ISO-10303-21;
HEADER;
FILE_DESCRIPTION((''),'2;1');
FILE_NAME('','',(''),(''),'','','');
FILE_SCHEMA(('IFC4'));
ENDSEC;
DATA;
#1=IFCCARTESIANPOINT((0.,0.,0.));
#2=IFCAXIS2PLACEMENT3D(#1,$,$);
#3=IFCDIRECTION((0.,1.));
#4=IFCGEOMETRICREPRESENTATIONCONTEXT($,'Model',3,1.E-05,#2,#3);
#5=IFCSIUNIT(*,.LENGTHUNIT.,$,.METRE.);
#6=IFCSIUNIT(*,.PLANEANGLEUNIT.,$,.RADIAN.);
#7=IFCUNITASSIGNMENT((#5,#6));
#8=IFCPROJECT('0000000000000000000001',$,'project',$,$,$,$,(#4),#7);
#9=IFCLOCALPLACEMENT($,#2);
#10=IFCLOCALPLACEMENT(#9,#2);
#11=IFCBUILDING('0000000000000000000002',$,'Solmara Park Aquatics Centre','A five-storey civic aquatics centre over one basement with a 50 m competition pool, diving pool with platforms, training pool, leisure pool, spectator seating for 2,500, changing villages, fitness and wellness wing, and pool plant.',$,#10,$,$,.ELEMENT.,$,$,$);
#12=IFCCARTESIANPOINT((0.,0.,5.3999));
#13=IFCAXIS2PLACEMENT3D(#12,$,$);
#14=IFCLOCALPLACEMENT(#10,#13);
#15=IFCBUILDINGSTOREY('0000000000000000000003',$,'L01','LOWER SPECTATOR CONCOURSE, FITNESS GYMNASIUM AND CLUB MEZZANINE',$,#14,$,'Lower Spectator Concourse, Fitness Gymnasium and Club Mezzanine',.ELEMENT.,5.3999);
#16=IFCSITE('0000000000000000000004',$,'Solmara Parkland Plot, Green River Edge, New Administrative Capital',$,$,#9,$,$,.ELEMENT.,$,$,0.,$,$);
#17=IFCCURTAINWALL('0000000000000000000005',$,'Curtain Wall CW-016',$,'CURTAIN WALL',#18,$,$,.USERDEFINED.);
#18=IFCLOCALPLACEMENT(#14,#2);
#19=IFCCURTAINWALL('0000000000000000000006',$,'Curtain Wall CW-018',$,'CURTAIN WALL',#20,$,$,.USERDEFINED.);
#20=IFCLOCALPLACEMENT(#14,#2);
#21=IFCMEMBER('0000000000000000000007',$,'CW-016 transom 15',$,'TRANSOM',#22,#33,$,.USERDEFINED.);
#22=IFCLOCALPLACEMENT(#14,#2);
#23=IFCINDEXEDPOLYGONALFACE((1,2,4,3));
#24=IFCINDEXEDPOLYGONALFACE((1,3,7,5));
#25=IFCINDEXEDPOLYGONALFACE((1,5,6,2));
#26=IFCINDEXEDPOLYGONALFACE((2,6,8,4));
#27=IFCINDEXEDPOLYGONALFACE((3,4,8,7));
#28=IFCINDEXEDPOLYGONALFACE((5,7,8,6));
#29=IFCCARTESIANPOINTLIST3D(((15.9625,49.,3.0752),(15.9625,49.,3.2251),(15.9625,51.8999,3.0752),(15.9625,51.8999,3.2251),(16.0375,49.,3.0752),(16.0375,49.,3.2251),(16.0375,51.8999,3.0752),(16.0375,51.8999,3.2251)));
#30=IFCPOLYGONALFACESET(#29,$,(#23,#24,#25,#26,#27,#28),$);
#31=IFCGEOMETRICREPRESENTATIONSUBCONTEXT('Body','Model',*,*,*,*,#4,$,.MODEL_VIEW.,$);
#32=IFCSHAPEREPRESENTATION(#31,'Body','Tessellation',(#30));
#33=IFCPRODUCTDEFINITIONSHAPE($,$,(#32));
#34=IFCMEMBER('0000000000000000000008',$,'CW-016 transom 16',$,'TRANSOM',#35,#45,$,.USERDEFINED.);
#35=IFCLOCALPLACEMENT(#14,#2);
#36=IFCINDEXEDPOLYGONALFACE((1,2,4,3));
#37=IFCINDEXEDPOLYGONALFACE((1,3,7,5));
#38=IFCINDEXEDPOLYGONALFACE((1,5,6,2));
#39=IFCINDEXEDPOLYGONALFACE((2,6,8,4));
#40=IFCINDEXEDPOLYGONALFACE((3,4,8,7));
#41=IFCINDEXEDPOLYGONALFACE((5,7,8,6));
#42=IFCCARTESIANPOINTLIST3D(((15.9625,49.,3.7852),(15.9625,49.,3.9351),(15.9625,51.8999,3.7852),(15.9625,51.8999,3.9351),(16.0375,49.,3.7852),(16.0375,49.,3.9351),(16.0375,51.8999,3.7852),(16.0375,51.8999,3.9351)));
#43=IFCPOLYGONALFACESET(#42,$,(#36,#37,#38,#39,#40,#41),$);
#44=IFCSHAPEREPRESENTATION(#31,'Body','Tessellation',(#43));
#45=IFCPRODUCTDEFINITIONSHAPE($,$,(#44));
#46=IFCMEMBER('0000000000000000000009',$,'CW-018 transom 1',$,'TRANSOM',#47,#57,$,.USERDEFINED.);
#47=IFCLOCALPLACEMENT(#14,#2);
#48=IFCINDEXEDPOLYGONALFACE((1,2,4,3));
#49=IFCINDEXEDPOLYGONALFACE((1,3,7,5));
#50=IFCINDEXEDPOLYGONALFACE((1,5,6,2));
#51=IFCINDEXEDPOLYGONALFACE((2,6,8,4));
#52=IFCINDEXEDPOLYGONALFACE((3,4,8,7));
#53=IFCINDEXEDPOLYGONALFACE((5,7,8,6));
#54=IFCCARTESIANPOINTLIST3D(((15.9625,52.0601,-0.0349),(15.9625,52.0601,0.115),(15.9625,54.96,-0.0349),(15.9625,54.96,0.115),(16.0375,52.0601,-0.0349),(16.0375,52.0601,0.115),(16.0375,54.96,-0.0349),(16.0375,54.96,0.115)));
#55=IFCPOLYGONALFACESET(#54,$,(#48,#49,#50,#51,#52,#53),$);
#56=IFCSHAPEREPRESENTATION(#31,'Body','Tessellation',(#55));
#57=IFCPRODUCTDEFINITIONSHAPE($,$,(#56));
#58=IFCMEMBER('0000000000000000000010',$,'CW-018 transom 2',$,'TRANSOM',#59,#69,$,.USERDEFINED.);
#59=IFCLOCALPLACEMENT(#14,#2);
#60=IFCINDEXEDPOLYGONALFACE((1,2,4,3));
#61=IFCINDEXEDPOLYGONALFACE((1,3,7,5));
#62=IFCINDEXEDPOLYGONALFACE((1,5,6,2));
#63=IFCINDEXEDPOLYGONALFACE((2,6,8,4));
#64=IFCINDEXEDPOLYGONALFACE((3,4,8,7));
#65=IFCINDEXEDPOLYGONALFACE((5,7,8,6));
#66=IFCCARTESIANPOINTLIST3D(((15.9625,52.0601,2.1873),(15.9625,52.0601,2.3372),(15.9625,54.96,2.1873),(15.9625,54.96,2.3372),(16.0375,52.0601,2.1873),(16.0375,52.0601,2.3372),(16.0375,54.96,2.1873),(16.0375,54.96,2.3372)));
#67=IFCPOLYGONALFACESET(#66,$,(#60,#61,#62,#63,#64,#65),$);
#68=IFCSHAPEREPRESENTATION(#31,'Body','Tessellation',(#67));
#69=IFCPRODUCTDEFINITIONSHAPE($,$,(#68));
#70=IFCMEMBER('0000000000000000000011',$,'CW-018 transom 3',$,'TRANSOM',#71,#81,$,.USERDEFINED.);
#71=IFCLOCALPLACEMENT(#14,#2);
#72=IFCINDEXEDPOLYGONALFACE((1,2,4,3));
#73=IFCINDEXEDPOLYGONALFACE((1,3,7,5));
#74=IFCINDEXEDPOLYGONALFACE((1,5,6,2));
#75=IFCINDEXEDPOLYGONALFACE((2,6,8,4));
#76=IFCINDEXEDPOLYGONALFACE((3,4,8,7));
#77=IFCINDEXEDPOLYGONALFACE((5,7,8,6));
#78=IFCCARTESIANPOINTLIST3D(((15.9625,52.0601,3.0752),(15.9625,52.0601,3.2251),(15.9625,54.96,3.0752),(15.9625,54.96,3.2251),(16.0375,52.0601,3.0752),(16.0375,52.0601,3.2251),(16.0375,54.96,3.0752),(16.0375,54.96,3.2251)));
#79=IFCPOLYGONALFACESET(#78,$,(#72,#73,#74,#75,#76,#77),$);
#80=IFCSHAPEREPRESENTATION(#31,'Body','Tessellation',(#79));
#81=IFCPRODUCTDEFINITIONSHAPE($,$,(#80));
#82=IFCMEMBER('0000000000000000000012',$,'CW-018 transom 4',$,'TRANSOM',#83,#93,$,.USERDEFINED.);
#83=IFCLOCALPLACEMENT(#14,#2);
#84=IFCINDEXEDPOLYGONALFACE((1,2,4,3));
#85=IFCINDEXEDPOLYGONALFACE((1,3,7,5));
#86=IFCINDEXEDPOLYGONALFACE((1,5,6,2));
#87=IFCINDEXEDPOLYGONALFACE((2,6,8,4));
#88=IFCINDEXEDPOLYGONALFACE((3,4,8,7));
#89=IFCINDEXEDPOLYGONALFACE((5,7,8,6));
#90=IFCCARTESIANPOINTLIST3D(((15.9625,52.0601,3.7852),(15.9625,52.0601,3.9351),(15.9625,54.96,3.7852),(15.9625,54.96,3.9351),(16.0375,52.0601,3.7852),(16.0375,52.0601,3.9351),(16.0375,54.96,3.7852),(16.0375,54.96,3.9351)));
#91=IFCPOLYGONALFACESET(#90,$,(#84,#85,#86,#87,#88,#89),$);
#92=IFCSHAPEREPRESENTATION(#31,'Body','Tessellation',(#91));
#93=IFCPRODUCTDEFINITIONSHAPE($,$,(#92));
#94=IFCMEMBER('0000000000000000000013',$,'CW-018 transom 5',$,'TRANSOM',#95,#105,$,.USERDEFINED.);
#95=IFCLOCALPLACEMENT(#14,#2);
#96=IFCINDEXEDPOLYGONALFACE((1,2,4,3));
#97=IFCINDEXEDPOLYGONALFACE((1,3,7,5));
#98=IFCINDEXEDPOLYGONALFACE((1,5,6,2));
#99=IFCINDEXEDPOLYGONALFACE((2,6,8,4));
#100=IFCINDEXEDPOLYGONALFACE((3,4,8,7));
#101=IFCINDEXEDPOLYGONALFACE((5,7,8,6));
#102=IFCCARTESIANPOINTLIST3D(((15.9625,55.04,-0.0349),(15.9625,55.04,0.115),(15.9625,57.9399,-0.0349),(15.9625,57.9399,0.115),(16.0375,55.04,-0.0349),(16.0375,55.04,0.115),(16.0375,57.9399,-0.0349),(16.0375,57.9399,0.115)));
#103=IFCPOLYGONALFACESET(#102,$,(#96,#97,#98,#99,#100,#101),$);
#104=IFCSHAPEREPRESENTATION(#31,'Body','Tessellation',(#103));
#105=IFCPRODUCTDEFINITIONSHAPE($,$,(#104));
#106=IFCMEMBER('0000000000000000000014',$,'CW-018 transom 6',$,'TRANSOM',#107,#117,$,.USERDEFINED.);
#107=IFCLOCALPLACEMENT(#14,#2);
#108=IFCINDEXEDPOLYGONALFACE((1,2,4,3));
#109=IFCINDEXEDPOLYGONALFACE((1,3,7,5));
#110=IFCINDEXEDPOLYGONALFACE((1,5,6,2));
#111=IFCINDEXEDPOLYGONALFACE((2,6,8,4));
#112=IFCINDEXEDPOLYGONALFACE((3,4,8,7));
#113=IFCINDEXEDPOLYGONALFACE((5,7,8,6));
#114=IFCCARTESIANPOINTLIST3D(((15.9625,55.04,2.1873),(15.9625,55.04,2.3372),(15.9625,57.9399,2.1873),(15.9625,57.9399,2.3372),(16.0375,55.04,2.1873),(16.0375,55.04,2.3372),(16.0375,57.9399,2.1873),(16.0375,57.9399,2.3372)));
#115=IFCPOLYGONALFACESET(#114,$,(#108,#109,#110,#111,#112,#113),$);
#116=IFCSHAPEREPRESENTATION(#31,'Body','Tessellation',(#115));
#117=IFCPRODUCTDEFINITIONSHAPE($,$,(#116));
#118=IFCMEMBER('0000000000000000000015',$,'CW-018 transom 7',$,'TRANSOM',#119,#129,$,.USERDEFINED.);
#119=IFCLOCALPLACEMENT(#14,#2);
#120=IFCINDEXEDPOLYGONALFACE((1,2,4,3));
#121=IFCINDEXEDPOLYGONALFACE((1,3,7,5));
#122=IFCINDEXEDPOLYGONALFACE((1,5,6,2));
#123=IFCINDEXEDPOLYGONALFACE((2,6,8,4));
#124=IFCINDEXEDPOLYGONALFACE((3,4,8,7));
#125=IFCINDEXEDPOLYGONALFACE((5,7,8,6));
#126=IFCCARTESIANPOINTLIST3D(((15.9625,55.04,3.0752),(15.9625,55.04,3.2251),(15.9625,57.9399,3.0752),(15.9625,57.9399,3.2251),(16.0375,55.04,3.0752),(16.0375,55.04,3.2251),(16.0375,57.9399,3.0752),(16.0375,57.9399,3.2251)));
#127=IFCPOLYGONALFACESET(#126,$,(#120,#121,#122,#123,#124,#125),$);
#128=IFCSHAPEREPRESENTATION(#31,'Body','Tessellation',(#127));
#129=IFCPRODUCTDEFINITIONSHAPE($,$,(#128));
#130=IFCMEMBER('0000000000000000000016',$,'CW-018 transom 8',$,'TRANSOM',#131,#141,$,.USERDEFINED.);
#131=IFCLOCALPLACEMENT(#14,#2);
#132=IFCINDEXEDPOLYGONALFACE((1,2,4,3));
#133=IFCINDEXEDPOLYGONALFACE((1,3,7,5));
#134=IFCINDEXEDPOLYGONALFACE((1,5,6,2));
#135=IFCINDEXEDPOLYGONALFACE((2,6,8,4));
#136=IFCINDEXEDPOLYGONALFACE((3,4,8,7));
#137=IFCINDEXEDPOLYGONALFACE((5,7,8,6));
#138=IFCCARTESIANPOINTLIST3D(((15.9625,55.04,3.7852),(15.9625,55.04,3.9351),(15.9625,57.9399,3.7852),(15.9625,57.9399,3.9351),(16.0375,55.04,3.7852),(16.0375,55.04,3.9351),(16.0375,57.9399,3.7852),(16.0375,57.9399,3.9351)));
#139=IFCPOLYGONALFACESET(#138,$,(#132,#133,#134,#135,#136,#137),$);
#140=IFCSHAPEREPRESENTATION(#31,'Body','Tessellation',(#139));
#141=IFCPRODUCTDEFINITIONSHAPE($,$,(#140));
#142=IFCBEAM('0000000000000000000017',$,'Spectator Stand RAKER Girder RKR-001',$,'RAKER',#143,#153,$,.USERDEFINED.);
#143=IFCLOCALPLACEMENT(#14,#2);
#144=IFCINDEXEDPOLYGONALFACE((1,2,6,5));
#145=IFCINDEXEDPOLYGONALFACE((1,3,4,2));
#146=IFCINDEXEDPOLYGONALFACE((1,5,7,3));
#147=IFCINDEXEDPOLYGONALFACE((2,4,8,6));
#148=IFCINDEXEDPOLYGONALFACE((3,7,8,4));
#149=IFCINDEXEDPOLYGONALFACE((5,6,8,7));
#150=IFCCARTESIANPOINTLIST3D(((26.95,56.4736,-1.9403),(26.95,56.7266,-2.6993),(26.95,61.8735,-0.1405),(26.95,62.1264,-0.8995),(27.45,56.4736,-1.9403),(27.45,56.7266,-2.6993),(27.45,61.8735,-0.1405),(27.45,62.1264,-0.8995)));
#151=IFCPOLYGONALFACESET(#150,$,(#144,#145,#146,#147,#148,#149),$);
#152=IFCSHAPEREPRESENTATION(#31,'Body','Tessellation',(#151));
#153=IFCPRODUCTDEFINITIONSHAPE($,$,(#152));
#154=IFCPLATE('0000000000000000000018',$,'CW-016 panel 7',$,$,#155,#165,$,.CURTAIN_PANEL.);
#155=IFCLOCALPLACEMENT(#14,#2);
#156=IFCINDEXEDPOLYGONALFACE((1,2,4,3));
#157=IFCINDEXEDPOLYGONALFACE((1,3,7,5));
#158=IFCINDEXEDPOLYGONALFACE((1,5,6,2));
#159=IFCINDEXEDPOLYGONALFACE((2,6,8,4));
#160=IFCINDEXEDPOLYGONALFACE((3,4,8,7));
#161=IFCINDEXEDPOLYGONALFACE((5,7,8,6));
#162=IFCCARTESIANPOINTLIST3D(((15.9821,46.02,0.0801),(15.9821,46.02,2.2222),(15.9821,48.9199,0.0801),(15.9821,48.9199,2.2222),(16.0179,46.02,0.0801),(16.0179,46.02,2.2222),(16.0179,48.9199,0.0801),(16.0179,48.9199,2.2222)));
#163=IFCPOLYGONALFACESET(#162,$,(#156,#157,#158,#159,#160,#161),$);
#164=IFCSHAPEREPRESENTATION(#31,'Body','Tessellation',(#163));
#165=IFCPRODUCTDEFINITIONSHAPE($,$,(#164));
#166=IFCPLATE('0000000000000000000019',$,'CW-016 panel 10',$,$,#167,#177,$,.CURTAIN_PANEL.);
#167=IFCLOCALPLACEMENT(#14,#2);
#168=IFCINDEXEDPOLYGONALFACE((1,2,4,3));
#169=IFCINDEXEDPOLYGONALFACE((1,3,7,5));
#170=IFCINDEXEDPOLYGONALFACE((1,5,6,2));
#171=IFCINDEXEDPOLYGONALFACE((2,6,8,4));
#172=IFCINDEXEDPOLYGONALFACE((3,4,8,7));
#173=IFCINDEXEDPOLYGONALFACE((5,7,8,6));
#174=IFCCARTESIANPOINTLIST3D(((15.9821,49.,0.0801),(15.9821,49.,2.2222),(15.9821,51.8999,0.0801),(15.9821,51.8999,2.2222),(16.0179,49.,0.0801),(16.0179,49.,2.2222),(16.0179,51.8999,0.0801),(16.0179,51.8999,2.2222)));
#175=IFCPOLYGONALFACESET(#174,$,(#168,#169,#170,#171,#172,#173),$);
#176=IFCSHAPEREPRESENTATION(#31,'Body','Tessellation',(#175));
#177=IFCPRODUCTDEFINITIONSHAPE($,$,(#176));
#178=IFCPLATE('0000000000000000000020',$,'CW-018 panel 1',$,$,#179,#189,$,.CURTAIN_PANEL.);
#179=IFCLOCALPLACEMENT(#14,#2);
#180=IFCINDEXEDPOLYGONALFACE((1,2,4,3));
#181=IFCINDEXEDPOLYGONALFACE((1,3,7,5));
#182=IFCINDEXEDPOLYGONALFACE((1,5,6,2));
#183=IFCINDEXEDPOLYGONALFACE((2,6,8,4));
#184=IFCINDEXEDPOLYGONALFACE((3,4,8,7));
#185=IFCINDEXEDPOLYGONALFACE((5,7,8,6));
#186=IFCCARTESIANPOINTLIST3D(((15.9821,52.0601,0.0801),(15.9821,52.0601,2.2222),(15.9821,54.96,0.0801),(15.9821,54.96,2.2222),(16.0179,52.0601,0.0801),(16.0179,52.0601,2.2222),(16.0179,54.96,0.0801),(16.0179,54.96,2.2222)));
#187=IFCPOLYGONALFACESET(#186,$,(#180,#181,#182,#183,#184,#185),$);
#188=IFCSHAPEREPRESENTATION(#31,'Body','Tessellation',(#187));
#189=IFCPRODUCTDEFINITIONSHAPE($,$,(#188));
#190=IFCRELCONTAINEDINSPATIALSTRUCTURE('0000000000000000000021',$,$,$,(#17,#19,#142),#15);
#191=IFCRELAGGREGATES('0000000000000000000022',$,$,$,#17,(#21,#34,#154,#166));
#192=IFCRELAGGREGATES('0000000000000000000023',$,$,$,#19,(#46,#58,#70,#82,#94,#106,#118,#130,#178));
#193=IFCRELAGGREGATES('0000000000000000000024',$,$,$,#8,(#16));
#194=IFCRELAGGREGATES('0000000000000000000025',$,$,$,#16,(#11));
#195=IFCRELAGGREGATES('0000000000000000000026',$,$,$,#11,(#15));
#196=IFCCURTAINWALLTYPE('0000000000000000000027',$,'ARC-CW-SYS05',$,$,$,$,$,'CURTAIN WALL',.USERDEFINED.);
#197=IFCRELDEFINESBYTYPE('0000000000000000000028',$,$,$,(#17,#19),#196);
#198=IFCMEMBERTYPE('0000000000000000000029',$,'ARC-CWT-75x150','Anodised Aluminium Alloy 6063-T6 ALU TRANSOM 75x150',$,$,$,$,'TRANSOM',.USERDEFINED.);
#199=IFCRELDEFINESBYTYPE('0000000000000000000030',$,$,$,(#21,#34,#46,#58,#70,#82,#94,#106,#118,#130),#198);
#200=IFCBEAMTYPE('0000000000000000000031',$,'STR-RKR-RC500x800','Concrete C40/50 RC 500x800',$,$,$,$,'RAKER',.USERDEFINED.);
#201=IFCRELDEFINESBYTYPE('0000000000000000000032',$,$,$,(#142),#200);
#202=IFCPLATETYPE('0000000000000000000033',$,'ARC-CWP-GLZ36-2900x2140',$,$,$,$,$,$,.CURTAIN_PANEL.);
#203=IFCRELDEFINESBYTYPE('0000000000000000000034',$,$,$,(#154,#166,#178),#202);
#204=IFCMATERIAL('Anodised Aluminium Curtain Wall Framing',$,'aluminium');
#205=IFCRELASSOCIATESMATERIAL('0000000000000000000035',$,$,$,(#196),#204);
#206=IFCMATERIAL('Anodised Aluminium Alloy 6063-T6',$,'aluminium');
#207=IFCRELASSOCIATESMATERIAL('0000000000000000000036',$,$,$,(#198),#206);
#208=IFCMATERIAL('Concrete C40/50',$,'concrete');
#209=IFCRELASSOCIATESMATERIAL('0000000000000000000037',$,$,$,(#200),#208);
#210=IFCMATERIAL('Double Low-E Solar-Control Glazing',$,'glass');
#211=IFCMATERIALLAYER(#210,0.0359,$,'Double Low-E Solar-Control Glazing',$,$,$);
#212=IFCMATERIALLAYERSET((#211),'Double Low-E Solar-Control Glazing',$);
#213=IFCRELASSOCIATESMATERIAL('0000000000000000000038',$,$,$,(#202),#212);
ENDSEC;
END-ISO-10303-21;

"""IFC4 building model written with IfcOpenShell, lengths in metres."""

from ifc_helpers import new_model, si_unit, direction, frame, origin, origin_2d, place, context, subcontext, project, spatial, rectangle, extrude, material, layer, layer_set, material_profile, profile_set, type_object, element, aggregate, save


model = new_model("IFC4")

# Units and contexts
model_context = context("Model", 3, precision=1e-05, world=origin(), true_north=direction((0.0, 1.0)))
body_context = subcontext(model_context, "Body", "Model", "MODEL_VIEW")
ifc_project = project(units=[si_unit("LENGTHUNIT", "METRE"), si_unit("PLANEANGLEUNIT", "RADIAN")], contexts=[model_context])

# Site, building, storey
site_placement = place(None, origin())
site = spatial("IfcSite", under=ifc_project, at=site_placement, Name="Solmara Parkland Plot, Green River Edge, New Administrative Capital", CompositionType="ELEMENT", RefElevation=0.0)
building_placement = place(site_placement, origin())
building = spatial("IfcBuilding", under=site, at=building_placement, Name="Solmara Park Aquatics Centre", Description="A five-storey civic aquatics centre over one basement with a 50 m competition pool, diving pool with platforms, training pool, leisure pool, spectator seating for 2,500, changing villages, fitness and wellness wing, and pool plant.", CompositionType="ELEMENT")
storey_placement = place(building_placement, frame((0.0, 0.0, 5.3999)))
storey = spatial("IfcBuildingStorey", under=building, at=storey_placement, Name="L01", Description="LOWER SPECTATOR CONCOURSE, FITNESS GYMNASIUM AND CLUB MEZZANINE", LongName="Lower Spectator Concourse, Fitness Gymnasium and Club Mezzanine", CompositionType="ELEMENT", Elevation=5.3999)

# Curtain walls
ifc_material_1 = material(Name="Anodised Aluminium Curtain Wall Framing", Category="aluminium")
curtain_wall_type = type_object("IfcCurtainWallType", Name="ARC-CW-SYS05", ElementType="CURTAIN WALL", PredefinedType="USERDEFINED", material=ifc_material_1)
curtain_wall_1_placement = place(storey_placement, origin())
curtain_wall_1 = element("IfcCurtainWall", 1, at=curtain_wall_1_placement, inside=storey, type_object=curtain_wall_type, Name="Curtain Wall CW-016", ObjectType="CURTAIN WALL", PredefinedType="USERDEFINED")
ifc_material_2 = material(Name="Anodised Aluminium Alloy 6063-T6", Category="aluminium")
curtain_wall_2_placement = place(storey_placement, origin())
curtain_wall_2 = element("IfcCurtainWall", 2, at=curtain_wall_2_placement, inside=storey, type_object=curtain_wall_type, Name="Curtain Wall CW-018", ObjectType="CURTAIN WALL", PredefinedType="USERDEFINED")

# Members
ifc_material_profile_1 = material_profile(ifc_material_2, rectangle(XDim=0.075, YDim=0.1499, at=origin_2d()), Name="ALU TRANSOM 75x150")
ifc_profile_set_1 = profile_set([ifc_material_profile_1], Name="Anodised Aluminium Alloy 6063-T6")
member_type_1 = type_object("IfcMemberType", Name="ARC-CWT-75x150", Description="Anodised Aluminium Alloy 6063-T6 ALU TRANSOM 75x150", ElementType="TRANSOM", PredefinedType="USERDEFINED", material=ifc_profile_set_1)
member_1_placement = place(storey_placement, frame((16.0, 49.0, 3.1501), z_axis=(0.0, 1.0, 0.0), x_axis=(-1.0, 0.0, 0.0)))
member_1 = element("IfcMember", 3, at=member_1_placement, type_object=member_type_1, Name="CW-016 transom 15", ObjectType="TRANSOM", PredefinedType="USERDEFINED", context=body_context, shape_type="SweptSolid", body=[
    extrude(rectangle(XDim=0.075, YDim=0.1499, at=origin_2d()), origin(), (0.0, 0.0, 1.0), 2.8999),
])
member_2_placement = place(storey_placement, frame((16.0, 49.0, 3.8601), z_axis=(0.0, 1.0, 0.0), x_axis=(-1.0, 0.0, 0.0)))
member_2 = element("IfcMember", 4, at=member_2_placement, type_object=member_type_1, Name="CW-016 transom 16", ObjectType="TRANSOM", PredefinedType="USERDEFINED", context=body_context, shape_type="SweptSolid", body=[
    extrude(rectangle(XDim=0.075, YDim=0.1499, at=origin_2d()), origin(), (0.0, 0.0, 1.0), 2.8999),
])
member_3_placement = place(storey_placement, frame((16.0, 52.0601, 0.04), z_axis=(0.0, 1.0, 0.0), x_axis=(-1.0, 0.0, 0.0)))
member_3 = element("IfcMember", 5, at=member_3_placement, type_object=member_type_1, Name="CW-018 transom 1", ObjectType="TRANSOM", PredefinedType="USERDEFINED", context=body_context, shape_type="SweptSolid", body=[
    extrude(rectangle(XDim=0.075, YDim=0.1499, at=origin_2d()), origin(), (0.0, 0.0, 1.0), 2.8999),
])
member_4_placement = place(storey_placement, frame((16.0, 52.0601, 2.2622), z_axis=(0.0, 1.0, 0.0), x_axis=(-1.0, 0.0, 0.0)))
member_4 = element("IfcMember", 6, at=member_4_placement, type_object=member_type_1, Name="CW-018 transom 2", ObjectType="TRANSOM", PredefinedType="USERDEFINED", context=body_context, shape_type="SweptSolid", body=[
    extrude(rectangle(XDim=0.075, YDim=0.1499, at=origin_2d()), origin(), (0.0, 0.0, 1.0), 2.8999),
])
member_5_placement = place(storey_placement, frame((16.0, 52.0601, 3.1501), z_axis=(0.0, 1.0, 0.0), x_axis=(-1.0, 0.0, 0.0)))
member_5 = element("IfcMember", 7, at=member_5_placement, type_object=member_type_1, Name="CW-018 transom 3", ObjectType="TRANSOM", PredefinedType="USERDEFINED", context=body_context, shape_type="SweptSolid", body=[
    extrude(rectangle(XDim=0.075, YDim=0.1499, at=origin_2d()), origin(), (0.0, 0.0, 1.0), 2.8999),
])
member_6_placement = place(storey_placement, frame((16.0, 52.0601, 3.8601), z_axis=(0.0, 1.0, 0.0), x_axis=(-1.0, 0.0, 0.0)))
member_6 = element("IfcMember", 8, at=member_6_placement, type_object=member_type_1, Name="CW-018 transom 4", ObjectType="TRANSOM", PredefinedType="USERDEFINED", context=body_context, shape_type="SweptSolid", body=[
    extrude(rectangle(XDim=0.075, YDim=0.1499, at=origin_2d()), origin(), (0.0, 0.0, 1.0), 2.8999),
])
member_7_placement = place(storey_placement, frame((16.0, 55.04, 0.04), z_axis=(0.0, 1.0, 0.0), x_axis=(-1.0, 0.0, 0.0)))
member_7 = element("IfcMember", 9, at=member_7_placement, type_object=member_type_1, Name="CW-018 transom 5", ObjectType="TRANSOM", PredefinedType="USERDEFINED", context=body_context, shape_type="SweptSolid", body=[
    extrude(rectangle(XDim=0.075, YDim=0.1499, at=origin_2d()), origin(), (0.0, 0.0, 1.0), 2.8999),
])
member_8_placement = place(storey_placement, frame((16.0, 55.04, 2.2622), z_axis=(0.0, 1.0, 0.0), x_axis=(-1.0, 0.0, 0.0)))
member_8 = element("IfcMember", 10, at=member_8_placement, type_object=member_type_1, Name="CW-018 transom 6", ObjectType="TRANSOM", PredefinedType="USERDEFINED", context=body_context, shape_type="SweptSolid", body=[
    extrude(rectangle(XDim=0.075, YDim=0.1499, at=origin_2d()), origin(), (0.0, 0.0, 1.0), 2.8999),
])
member_9_placement = place(storey_placement, frame((16.0, 55.04, 3.1501), z_axis=(0.0, 1.0, 0.0), x_axis=(-1.0, 0.0, 0.0)))
member_9 = element("IfcMember", 11, at=member_9_placement, type_object=member_type_1, Name="CW-018 transom 7", ObjectType="TRANSOM", PredefinedType="USERDEFINED", context=body_context, shape_type="SweptSolid", body=[
    extrude(rectangle(XDim=0.075, YDim=0.1499, at=origin_2d()), origin(), (0.0, 0.0, 1.0), 2.8999),
])
member_10_placement = place(storey_placement, frame((16.0, 55.04, 3.8601), z_axis=(0.0, 1.0, 0.0), x_axis=(-1.0, 0.0, 0.0)))
member_10 = element("IfcMember", 12, at=member_10_placement, type_object=member_type_1, Name="CW-018 transom 8", ObjectType="TRANSOM", PredefinedType="USERDEFINED", context=body_context, shape_type="SweptSolid", body=[
    extrude(rectangle(XDim=0.075, YDim=0.1499, at=origin_2d()), origin(), (0.0, 0.0, 1.0), 2.8999),
])

# Beam
ifc_material_3 = material(Name="Concrete C40/50", Category="concrete")
ifc_material_profile_2 = material_profile(ifc_material_3, rectangle(XDim=0.5, YDim=0.8, at=origin_2d()), Name="RC 500x800")
ifc_profile_set_2 = profile_set([ifc_material_profile_2], Name="Concrete C40/50")
beam_type = type_object("IfcBeamType", Name="STR-RKR-RC500x800", Description="Concrete C40/50 RC 500x800", ElementType="RAKER", PredefinedType="USERDEFINED", material=ifc_profile_set_2)
beam_placement = place(storey_placement, frame((27.2, 56.6001, -2.3198), z_axis=(0.0, 0.948692, 0.316202), x_axis=(-1.0, 0.0, 0.0)))
element("IfcBeam", 13, at=beam_placement, inside=storey, type_object=beam_type, Name="Spectator Stand RAKER Girder RKR-001", ObjectType="RAKER", PredefinedType="USERDEFINED", context=body_context, shape_type="SweptSolid", body=[
    extrude(rectangle(XDim=0.5, YDim=0.8, at=origin_2d()), origin(), (0.0, 0.0, 1.0), 5.6919),
])

# Plates
ifc_material_4 = material(Name="Double Low-E Solar-Control Glazing", Category="glass")
ifc_layer_1 = layer(ifc_material_4, 0.0359, Name="Double Low-E Solar-Control Glazing")
ifc_layer_set_1 = layer_set([ifc_layer_1], Name="Double Low-E Solar-Control Glazing")
plate_type_1 = type_object("IfcPlateType", Name="ARC-CWP-GLZ36-2900x2140", PredefinedType="CURTAIN_PANEL", material=ifc_layer_set_1)
plate_1_placement = place(storey_placement, frame((16.0, 47.47, 0.0801), z_axis=(0.0, 0.0, 1.0), x_axis=(0.0, 1.0, 0.0)))
plate_1 = element("IfcPlate", 14, at=plate_1_placement, type_object=plate_type_1, Name="CW-016 panel 7", PredefinedType="CURTAIN_PANEL", context=body_context, shape_type="SweptSolid", body=[
    extrude(rectangle(XDim=2.8999, YDim=0.0359, at=origin_2d()), origin(), (0.0, 0.0, 1.0), 2.1421),
])
plate_2_placement = place(storey_placement, frame((16.0, 50.45, 0.0801), z_axis=(0.0, 0.0, 1.0), x_axis=(0.0, 1.0, 0.0)))
plate_2 = element("IfcPlate", 15, at=plate_2_placement, type_object=plate_type_1, Name="CW-016 panel 10", PredefinedType="CURTAIN_PANEL", context=body_context, shape_type="SweptSolid", body=[
    extrude(rectangle(XDim=2.8999, YDim=0.0359, at=origin_2d()), origin(), (0.0, 0.0, 1.0), 2.1421),
])
plate_3_placement = place(storey_placement, frame((16.0, 53.51, 0.0801), z_axis=(0.0, 0.0, 1.0), x_axis=(0.0, 1.0, 0.0)))
plate_3 = element("IfcPlate", 16, at=plate_3_placement, type_object=plate_type_1, Name="CW-018 panel 1", PredefinedType="CURTAIN_PANEL", context=body_context, shape_type="SweptSolid", body=[
    extrude(rectangle(XDim=2.8999, YDim=0.0359, at=origin_2d()), origin(), (0.0, 0.0, 1.0), 2.1421),
])
aggregate(curtain_wall_1, [member_1, member_2, plate_1, plate_2])
aggregate(curtain_wall_2, [member_3, member_4, member_5, member_6, member_7, member_8, member_9, member_10, plate_3])

save(model, "model.ifc")
